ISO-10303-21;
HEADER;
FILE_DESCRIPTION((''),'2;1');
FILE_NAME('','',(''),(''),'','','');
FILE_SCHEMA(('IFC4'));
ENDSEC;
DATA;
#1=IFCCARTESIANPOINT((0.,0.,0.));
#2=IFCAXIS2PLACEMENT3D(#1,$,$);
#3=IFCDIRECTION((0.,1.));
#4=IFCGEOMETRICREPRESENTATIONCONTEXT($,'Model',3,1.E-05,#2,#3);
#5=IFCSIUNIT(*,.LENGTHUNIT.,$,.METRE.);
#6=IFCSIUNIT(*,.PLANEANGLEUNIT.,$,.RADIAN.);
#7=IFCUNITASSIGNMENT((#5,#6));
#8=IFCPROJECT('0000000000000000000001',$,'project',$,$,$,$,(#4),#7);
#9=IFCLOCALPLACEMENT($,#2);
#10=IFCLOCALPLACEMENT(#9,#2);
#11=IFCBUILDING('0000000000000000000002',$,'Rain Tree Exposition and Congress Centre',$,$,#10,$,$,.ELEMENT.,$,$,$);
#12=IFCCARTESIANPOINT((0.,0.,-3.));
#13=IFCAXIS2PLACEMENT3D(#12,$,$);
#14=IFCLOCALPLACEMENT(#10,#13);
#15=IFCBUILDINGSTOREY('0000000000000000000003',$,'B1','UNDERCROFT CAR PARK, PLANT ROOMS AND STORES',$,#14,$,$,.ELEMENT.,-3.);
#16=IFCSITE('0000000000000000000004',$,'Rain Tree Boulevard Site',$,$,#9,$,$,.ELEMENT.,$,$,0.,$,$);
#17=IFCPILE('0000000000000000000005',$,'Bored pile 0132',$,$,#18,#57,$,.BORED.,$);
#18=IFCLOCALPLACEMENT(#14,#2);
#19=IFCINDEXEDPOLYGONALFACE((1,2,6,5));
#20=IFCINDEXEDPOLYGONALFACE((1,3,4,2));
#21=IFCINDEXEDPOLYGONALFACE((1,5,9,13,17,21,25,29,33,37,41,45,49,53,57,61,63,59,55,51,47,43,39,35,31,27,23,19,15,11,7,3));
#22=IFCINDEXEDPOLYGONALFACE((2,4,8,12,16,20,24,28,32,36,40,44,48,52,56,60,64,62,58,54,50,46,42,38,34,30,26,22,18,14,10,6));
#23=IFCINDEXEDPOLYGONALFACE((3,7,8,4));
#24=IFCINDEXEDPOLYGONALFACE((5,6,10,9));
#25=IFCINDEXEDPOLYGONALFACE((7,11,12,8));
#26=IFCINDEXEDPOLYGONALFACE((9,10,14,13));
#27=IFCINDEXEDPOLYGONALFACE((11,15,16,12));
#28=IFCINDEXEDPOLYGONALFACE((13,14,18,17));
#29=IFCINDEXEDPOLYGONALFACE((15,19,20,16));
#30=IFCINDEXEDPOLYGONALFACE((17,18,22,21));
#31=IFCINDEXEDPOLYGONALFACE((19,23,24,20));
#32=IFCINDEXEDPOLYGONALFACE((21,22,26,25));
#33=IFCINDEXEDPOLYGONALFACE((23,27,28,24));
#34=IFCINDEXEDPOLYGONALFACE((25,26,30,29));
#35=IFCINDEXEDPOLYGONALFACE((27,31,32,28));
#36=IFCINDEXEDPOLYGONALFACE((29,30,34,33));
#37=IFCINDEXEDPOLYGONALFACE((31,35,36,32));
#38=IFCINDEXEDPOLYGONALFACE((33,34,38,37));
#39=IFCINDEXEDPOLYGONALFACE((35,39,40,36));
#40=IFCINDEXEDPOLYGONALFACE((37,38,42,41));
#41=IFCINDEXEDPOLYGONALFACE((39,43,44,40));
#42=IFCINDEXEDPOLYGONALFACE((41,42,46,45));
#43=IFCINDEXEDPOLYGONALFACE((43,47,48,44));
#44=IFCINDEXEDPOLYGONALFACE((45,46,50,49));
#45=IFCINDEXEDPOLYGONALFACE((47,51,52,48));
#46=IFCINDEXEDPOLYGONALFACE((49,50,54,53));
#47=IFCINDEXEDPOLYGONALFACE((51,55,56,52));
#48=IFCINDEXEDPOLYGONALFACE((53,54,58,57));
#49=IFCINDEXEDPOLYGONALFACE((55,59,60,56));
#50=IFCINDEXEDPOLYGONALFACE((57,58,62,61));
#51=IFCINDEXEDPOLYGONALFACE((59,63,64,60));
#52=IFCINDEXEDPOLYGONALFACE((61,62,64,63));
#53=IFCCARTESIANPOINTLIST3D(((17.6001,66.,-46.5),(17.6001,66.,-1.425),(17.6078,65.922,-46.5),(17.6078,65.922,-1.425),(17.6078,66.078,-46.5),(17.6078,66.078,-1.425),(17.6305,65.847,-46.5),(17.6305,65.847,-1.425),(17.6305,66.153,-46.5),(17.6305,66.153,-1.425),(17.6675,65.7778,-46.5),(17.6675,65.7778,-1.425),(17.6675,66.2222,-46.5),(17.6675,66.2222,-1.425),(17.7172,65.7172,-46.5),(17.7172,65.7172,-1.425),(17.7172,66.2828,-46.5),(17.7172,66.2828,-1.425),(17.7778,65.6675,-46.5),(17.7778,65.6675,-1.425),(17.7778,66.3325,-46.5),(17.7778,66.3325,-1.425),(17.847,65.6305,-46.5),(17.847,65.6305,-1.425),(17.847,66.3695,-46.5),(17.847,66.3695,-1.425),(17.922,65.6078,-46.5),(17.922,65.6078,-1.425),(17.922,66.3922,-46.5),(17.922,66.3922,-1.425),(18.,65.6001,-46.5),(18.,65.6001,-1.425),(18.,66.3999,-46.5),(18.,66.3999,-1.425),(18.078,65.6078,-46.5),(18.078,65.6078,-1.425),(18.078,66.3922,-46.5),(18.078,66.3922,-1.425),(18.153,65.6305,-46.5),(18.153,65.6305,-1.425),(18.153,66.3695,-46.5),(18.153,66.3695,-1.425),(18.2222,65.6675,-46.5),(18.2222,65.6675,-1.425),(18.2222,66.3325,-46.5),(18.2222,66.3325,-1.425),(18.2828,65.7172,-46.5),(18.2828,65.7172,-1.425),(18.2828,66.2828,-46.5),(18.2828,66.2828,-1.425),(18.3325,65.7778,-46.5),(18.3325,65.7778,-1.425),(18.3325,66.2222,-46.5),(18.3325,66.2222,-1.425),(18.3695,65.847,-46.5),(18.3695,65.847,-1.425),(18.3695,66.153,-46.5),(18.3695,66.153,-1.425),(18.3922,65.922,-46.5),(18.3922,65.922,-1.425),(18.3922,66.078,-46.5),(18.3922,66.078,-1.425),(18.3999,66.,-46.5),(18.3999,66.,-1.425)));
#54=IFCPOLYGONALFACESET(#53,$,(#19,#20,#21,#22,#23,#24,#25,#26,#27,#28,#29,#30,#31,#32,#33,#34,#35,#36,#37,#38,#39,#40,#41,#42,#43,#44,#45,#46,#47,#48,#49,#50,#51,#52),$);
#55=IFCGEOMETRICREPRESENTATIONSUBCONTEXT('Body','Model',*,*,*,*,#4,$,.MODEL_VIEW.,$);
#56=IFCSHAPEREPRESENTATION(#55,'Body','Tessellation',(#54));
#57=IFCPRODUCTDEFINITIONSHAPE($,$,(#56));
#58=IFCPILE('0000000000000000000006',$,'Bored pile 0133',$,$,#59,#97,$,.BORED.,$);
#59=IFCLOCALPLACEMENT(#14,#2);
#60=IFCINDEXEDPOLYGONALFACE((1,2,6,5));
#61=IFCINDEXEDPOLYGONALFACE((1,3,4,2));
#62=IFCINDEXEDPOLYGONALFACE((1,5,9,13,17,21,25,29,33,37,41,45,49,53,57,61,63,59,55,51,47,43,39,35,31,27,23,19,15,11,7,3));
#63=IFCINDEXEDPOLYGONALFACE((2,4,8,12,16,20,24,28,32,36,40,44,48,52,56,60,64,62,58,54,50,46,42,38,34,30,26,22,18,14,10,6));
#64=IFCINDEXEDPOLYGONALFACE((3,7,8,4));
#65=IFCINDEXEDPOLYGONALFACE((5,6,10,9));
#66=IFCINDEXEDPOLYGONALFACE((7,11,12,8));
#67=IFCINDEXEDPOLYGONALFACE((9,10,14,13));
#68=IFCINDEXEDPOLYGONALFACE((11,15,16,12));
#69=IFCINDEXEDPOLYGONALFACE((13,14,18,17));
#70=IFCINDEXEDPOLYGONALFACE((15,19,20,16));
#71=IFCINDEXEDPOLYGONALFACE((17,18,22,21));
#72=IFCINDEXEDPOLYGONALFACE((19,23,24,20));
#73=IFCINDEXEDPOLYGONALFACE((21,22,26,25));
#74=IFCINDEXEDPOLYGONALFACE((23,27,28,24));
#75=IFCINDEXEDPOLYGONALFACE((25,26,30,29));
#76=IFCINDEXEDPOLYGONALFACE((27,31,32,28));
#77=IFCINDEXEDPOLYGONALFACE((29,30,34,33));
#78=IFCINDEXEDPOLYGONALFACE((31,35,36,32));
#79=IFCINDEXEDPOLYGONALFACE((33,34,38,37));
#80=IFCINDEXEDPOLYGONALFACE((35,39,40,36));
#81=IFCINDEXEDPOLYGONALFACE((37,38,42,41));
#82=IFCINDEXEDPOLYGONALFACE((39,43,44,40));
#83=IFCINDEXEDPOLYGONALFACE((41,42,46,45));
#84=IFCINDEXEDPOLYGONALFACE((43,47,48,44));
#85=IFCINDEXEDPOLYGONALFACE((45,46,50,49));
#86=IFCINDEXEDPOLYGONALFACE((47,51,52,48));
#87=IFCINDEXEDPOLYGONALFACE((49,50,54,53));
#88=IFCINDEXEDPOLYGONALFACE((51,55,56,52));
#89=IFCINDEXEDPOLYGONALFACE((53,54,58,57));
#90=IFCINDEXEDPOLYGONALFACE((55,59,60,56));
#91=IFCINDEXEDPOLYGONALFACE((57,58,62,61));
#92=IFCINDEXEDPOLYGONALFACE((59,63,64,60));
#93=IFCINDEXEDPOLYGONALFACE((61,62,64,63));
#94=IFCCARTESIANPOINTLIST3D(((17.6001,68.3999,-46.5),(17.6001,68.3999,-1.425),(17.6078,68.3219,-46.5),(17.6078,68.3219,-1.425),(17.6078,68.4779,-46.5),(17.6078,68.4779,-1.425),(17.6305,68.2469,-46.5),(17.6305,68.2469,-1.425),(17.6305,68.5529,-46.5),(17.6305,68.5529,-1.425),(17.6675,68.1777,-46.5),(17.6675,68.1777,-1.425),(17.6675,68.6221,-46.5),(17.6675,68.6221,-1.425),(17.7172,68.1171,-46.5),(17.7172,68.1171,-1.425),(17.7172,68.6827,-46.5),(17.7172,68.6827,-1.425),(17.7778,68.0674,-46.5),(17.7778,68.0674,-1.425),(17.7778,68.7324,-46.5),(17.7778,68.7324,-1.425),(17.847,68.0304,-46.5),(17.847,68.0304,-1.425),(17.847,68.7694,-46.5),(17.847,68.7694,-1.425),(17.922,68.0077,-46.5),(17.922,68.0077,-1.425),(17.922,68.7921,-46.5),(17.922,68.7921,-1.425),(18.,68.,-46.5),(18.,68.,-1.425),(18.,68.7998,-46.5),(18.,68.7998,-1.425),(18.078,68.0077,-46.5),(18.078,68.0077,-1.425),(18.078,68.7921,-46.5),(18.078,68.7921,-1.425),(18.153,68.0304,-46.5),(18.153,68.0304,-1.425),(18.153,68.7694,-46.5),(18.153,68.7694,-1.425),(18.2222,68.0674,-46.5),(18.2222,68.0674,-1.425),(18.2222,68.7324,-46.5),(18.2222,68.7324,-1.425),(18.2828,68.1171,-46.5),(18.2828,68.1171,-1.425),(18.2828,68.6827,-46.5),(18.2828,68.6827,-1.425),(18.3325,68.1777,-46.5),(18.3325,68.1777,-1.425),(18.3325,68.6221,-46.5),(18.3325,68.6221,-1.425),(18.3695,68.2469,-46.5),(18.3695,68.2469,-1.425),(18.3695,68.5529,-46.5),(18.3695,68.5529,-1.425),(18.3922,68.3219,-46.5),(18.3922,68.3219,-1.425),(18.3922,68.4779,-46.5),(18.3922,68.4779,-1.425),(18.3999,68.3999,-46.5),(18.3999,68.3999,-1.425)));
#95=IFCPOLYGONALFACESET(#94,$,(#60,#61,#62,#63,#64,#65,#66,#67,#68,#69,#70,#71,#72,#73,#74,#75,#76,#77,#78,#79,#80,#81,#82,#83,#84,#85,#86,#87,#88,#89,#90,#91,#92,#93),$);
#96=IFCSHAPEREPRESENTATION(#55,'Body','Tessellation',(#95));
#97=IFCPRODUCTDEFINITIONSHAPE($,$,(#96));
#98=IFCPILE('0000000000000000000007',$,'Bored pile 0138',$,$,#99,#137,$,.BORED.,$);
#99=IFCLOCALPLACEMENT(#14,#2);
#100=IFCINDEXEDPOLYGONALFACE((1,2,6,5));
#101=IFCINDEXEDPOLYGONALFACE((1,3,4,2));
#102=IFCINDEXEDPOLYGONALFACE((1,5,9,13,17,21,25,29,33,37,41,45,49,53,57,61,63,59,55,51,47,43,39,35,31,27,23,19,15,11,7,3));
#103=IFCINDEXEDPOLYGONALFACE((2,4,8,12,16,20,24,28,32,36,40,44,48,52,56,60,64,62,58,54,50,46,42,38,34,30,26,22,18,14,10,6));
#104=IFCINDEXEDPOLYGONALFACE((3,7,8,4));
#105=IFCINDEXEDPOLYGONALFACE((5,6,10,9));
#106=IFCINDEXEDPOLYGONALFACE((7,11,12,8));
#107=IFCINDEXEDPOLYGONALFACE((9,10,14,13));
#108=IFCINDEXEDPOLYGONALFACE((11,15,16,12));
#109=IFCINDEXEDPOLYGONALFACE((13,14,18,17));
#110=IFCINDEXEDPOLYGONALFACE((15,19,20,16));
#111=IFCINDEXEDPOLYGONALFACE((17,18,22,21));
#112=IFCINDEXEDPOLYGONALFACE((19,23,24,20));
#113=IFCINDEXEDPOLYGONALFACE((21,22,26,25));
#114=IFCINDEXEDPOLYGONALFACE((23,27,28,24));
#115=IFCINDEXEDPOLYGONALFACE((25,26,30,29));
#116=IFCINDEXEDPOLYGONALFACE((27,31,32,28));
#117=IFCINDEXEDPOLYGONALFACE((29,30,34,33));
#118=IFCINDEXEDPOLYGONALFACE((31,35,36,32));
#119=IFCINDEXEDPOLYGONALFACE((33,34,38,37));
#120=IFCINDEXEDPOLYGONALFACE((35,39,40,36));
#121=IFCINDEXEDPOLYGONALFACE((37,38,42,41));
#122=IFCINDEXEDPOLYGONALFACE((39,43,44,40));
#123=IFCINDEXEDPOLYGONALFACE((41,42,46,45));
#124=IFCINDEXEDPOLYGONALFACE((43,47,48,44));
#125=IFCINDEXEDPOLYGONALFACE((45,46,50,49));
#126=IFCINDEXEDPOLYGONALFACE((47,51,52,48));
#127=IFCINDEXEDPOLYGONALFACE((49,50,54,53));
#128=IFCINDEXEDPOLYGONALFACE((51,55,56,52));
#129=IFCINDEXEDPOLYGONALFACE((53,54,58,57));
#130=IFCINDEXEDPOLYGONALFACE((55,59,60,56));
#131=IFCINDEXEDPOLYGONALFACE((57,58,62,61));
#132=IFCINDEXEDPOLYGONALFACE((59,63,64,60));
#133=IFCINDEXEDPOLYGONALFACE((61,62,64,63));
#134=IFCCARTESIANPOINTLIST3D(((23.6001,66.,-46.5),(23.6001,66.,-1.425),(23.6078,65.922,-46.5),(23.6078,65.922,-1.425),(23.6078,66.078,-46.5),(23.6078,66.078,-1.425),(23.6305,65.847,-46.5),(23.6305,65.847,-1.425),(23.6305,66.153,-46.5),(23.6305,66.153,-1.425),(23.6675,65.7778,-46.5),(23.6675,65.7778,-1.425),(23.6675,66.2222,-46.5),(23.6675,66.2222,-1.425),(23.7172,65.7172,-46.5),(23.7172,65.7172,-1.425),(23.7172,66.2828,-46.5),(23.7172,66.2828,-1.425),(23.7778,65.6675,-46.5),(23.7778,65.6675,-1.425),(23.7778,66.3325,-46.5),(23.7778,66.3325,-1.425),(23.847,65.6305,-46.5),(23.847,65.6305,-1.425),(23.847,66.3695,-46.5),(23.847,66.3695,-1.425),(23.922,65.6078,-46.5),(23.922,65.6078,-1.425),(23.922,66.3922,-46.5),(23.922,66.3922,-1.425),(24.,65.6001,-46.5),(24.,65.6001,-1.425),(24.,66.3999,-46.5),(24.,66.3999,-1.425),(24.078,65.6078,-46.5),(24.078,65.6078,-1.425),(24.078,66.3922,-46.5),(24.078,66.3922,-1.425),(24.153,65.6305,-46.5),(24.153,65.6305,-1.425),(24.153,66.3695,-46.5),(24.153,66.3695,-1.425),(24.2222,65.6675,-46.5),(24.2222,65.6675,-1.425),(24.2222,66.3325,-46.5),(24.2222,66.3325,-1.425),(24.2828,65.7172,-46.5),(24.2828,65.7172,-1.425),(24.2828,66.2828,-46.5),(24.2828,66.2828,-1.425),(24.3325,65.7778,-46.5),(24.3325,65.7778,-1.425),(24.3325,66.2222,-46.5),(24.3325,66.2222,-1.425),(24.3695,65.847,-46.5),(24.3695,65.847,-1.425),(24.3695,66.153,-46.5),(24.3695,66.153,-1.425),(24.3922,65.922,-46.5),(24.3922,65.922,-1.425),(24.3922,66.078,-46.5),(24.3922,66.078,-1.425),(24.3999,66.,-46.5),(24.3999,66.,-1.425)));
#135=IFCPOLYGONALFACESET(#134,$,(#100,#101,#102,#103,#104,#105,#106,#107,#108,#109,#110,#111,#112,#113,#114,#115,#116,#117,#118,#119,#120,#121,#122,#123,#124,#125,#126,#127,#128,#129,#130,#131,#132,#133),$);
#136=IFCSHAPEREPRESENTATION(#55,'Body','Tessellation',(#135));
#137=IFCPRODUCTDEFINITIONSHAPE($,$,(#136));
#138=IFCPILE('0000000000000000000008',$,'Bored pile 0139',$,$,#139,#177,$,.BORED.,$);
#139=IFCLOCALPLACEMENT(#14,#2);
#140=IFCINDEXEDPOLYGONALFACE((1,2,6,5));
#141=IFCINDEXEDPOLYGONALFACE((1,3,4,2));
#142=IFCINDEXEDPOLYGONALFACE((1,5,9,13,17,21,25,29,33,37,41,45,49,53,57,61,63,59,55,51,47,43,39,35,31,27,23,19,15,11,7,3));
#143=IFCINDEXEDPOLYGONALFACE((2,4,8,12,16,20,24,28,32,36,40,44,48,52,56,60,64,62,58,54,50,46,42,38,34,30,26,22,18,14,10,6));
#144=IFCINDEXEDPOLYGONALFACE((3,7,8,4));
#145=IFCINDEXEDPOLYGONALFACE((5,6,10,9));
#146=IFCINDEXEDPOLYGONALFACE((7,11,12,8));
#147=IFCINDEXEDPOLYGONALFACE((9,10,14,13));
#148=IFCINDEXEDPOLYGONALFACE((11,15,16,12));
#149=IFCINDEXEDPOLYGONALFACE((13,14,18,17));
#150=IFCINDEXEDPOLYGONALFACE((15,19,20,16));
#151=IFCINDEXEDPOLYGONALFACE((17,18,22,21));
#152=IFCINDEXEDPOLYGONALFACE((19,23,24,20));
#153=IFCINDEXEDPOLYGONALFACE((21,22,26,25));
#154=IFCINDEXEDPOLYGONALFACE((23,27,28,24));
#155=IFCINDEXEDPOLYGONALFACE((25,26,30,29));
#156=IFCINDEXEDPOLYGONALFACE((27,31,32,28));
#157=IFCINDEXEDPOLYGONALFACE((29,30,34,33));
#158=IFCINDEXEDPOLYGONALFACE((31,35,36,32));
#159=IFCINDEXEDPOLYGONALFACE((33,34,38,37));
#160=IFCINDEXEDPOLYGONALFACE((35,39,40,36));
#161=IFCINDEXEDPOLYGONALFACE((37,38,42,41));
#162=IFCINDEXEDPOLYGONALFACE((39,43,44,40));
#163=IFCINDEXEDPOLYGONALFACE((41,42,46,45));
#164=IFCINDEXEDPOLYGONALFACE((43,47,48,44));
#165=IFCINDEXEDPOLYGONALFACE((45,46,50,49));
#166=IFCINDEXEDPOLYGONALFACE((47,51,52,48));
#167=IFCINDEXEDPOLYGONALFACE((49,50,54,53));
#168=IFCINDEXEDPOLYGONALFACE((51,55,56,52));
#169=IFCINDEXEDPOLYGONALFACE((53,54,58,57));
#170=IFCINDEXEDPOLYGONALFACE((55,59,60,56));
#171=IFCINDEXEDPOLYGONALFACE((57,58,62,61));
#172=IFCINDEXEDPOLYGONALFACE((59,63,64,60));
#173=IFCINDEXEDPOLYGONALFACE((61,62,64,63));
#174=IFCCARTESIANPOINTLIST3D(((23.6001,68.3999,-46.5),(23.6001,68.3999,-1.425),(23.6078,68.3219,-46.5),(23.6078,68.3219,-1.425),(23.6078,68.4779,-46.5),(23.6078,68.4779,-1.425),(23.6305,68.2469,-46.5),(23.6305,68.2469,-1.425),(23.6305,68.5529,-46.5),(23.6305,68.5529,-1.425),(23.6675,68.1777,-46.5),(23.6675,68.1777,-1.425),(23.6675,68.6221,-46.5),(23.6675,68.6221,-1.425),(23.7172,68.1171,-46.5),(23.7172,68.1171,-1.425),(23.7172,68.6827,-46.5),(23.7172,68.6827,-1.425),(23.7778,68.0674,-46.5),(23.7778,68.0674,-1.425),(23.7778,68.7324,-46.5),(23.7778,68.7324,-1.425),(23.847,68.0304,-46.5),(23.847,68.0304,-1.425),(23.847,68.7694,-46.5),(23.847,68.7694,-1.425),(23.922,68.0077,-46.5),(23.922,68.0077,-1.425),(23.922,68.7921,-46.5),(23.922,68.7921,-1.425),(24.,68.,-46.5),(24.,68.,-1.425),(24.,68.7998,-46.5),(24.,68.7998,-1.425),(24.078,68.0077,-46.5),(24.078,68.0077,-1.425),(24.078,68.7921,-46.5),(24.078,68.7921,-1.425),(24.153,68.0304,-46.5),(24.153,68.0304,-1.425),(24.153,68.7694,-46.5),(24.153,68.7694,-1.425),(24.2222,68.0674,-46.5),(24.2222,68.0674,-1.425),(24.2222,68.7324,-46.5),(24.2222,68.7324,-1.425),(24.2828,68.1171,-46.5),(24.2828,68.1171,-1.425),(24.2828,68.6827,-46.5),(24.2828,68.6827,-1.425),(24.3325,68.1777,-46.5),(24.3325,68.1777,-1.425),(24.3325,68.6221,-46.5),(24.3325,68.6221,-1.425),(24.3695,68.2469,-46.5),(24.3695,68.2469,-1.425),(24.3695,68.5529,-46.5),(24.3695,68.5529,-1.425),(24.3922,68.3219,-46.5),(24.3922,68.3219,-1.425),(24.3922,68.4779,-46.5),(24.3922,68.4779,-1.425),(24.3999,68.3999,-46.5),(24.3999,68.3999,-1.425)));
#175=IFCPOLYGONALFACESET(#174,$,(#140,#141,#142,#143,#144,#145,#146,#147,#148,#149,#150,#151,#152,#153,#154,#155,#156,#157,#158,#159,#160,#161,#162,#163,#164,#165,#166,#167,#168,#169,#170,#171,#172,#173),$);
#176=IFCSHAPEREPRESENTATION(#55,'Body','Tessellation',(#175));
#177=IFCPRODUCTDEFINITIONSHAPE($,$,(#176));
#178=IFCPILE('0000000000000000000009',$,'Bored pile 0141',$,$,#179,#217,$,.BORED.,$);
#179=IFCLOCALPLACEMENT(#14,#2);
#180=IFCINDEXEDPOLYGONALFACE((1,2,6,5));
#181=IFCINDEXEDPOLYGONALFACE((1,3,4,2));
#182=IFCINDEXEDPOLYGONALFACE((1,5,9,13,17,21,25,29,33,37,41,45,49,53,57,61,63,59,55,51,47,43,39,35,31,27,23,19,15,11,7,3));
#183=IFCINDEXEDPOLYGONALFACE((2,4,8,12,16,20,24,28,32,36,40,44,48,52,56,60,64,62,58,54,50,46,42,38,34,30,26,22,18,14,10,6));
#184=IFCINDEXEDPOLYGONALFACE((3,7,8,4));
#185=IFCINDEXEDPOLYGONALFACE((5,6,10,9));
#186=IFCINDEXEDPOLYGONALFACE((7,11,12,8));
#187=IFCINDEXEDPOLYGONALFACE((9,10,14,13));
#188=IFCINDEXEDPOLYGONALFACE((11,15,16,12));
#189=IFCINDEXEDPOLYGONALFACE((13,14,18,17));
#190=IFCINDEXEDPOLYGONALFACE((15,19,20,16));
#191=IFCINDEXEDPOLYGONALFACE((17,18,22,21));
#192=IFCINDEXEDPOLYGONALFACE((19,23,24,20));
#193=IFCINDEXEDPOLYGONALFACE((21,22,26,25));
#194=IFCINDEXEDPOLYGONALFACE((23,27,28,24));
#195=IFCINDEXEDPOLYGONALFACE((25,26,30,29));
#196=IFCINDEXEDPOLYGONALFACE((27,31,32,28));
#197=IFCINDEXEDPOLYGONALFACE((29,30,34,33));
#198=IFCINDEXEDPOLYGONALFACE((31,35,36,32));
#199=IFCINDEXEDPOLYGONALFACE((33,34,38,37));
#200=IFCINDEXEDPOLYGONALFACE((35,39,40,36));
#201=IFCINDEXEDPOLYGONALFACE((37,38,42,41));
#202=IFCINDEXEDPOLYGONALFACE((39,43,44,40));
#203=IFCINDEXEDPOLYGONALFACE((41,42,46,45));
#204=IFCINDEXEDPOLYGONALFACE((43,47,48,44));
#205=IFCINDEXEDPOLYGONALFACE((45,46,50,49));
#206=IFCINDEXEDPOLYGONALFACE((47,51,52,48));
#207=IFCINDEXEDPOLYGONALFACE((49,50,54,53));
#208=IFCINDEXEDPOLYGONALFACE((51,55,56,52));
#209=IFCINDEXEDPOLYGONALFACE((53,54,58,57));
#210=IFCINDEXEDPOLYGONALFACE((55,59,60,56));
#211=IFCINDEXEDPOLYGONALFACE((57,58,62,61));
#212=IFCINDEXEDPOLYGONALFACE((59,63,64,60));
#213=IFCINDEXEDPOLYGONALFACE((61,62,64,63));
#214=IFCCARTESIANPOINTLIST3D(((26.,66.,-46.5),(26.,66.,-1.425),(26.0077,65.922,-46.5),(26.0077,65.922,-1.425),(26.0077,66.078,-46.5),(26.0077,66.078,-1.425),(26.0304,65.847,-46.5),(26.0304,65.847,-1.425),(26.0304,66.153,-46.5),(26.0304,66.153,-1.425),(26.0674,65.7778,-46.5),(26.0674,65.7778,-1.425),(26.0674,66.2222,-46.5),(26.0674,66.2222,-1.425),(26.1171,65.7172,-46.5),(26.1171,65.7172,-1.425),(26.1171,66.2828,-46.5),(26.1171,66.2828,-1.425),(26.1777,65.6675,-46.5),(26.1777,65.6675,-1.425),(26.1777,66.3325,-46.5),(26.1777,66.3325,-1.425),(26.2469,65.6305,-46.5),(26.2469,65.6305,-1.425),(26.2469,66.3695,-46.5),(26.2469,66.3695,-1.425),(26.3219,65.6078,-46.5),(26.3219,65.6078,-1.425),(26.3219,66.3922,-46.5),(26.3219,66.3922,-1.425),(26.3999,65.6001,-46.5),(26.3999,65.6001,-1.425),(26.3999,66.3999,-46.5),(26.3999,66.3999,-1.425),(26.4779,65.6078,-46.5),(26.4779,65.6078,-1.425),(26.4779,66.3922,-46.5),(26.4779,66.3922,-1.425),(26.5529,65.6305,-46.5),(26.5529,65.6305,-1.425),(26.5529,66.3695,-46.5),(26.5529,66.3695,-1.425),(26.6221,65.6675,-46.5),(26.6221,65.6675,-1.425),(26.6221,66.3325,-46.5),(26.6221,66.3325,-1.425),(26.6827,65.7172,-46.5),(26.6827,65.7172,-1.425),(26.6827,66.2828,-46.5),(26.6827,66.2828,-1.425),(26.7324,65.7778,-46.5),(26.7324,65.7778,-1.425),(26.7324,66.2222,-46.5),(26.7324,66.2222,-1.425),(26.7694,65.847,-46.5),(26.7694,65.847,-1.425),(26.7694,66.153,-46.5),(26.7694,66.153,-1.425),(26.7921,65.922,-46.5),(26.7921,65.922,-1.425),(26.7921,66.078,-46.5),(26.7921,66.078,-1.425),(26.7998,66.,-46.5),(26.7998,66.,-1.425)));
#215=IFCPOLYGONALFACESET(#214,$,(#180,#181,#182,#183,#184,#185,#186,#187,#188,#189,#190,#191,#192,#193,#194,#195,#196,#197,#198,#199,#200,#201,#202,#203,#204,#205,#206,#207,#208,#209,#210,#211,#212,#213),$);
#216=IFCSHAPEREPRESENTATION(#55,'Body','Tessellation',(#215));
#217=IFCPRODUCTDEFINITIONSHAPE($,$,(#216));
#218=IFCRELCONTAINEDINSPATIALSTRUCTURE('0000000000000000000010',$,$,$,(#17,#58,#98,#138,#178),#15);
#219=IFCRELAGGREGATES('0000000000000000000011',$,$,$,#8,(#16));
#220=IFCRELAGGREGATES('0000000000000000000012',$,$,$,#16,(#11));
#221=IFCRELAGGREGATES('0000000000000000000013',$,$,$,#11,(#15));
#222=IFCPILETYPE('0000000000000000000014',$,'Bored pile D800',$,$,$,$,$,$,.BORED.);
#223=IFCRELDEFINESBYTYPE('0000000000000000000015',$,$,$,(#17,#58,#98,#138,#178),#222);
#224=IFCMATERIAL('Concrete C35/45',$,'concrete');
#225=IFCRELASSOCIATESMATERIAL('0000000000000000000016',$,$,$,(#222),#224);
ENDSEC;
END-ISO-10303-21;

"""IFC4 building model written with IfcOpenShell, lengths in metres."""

from ifc_helpers import new_model, si_unit, direction, frame, origin, origin_2d, place, context, subcontext, project, spatial, circle, extrude, material, material_profile, profile_set, type_object, element, save


model = new_model("IFC4")

# Units and contexts
model_context = context("Model", 3, precision=1e-05, world=origin(), true_north=direction((0.0, 1.0)))
body_context = subcontext(model_context, "Body", "Model", "MODEL_VIEW")
ifc_project = project(units=[si_unit("LENGTHUNIT", "METRE"), si_unit("PLANEANGLEUNIT", "RADIAN")], contexts=[model_context])

# Site, building, storey
site_placement = place(None, origin())
site = spatial("IfcSite", under=ifc_project, at=site_placement, Name="Rain Tree Boulevard Site", CompositionType="ELEMENT", RefElevation=0.0)
building_placement = place(site_placement, origin())
building = spatial("IfcBuilding", under=site, at=building_placement, Name="Rain Tree Exposition and Congress Centre", CompositionType="ELEMENT")
storey_placement = place(building_placement, frame((0.0, 0.0, -3.0)))
storey = spatial("IfcBuildingStorey", under=building, at=storey_placement, Name="B1", Description="UNDERCROFT CAR PARK, PLANT ROOMS AND STORES", CompositionType="ELEMENT", Elevation=-3.0)

# Piles
ifc_material_1 = material(Name="Concrete C35/45", Category="concrete")
ifc_material_profile_1 = material_profile(ifc_material_1, circle(Radius=0.3999, at=origin_2d()), Name="D800")
ifc_profile_set_1 = profile_set([ifc_material_profile_1], Name="Concrete C35/45")
pile_type_1 = type_object("IfcPileType", Name="Bored pile D800", PredefinedType="BORED", material=ifc_profile_set_1)
for number, where, z_axis, x_axis, name in (
    (1, (18.0, 66.0, -1.425), (0.0, 0.0, -1.0), (1.0, 0.0, 0.0), "Bored pile 0132"),
    (2, (18.0, 68.3999, -1.425), (0.0, 0.0, -1.0), (1.0, 0.0, 0.0), "Bored pile 0133"),
    (3, (24.0, 66.0, -1.425), (0.0, 0.0, -1.0), (1.0, 0.0, 0.0), "Bored pile 0138"),
    (4, (24.0, 68.3999, -1.425), (0.0, 0.0, -1.0), (1.0, 0.0, 0.0), "Bored pile 0139"),
    (5, (26.3999, 66.0, -1.425), (0.0, 0.0, -1.0), (1.0, 0.0, 0.0), "Bored pile 0141"),
):
    element("IfcPile", number, at=place(storey_placement, frame(where, z_axis=z_axis, x_axis=x_axis)), inside=storey, type_object=pile_type_1, Name=name, PredefinedType="BORED", context=body_context, shape_type="SweptSolid", body=[
        extrude(circle(Radius=0.3999, at=origin_2d()), origin(), (0.0, 0.0, 1.0), 45.075),
    ])

save(model, "model.ifc")
